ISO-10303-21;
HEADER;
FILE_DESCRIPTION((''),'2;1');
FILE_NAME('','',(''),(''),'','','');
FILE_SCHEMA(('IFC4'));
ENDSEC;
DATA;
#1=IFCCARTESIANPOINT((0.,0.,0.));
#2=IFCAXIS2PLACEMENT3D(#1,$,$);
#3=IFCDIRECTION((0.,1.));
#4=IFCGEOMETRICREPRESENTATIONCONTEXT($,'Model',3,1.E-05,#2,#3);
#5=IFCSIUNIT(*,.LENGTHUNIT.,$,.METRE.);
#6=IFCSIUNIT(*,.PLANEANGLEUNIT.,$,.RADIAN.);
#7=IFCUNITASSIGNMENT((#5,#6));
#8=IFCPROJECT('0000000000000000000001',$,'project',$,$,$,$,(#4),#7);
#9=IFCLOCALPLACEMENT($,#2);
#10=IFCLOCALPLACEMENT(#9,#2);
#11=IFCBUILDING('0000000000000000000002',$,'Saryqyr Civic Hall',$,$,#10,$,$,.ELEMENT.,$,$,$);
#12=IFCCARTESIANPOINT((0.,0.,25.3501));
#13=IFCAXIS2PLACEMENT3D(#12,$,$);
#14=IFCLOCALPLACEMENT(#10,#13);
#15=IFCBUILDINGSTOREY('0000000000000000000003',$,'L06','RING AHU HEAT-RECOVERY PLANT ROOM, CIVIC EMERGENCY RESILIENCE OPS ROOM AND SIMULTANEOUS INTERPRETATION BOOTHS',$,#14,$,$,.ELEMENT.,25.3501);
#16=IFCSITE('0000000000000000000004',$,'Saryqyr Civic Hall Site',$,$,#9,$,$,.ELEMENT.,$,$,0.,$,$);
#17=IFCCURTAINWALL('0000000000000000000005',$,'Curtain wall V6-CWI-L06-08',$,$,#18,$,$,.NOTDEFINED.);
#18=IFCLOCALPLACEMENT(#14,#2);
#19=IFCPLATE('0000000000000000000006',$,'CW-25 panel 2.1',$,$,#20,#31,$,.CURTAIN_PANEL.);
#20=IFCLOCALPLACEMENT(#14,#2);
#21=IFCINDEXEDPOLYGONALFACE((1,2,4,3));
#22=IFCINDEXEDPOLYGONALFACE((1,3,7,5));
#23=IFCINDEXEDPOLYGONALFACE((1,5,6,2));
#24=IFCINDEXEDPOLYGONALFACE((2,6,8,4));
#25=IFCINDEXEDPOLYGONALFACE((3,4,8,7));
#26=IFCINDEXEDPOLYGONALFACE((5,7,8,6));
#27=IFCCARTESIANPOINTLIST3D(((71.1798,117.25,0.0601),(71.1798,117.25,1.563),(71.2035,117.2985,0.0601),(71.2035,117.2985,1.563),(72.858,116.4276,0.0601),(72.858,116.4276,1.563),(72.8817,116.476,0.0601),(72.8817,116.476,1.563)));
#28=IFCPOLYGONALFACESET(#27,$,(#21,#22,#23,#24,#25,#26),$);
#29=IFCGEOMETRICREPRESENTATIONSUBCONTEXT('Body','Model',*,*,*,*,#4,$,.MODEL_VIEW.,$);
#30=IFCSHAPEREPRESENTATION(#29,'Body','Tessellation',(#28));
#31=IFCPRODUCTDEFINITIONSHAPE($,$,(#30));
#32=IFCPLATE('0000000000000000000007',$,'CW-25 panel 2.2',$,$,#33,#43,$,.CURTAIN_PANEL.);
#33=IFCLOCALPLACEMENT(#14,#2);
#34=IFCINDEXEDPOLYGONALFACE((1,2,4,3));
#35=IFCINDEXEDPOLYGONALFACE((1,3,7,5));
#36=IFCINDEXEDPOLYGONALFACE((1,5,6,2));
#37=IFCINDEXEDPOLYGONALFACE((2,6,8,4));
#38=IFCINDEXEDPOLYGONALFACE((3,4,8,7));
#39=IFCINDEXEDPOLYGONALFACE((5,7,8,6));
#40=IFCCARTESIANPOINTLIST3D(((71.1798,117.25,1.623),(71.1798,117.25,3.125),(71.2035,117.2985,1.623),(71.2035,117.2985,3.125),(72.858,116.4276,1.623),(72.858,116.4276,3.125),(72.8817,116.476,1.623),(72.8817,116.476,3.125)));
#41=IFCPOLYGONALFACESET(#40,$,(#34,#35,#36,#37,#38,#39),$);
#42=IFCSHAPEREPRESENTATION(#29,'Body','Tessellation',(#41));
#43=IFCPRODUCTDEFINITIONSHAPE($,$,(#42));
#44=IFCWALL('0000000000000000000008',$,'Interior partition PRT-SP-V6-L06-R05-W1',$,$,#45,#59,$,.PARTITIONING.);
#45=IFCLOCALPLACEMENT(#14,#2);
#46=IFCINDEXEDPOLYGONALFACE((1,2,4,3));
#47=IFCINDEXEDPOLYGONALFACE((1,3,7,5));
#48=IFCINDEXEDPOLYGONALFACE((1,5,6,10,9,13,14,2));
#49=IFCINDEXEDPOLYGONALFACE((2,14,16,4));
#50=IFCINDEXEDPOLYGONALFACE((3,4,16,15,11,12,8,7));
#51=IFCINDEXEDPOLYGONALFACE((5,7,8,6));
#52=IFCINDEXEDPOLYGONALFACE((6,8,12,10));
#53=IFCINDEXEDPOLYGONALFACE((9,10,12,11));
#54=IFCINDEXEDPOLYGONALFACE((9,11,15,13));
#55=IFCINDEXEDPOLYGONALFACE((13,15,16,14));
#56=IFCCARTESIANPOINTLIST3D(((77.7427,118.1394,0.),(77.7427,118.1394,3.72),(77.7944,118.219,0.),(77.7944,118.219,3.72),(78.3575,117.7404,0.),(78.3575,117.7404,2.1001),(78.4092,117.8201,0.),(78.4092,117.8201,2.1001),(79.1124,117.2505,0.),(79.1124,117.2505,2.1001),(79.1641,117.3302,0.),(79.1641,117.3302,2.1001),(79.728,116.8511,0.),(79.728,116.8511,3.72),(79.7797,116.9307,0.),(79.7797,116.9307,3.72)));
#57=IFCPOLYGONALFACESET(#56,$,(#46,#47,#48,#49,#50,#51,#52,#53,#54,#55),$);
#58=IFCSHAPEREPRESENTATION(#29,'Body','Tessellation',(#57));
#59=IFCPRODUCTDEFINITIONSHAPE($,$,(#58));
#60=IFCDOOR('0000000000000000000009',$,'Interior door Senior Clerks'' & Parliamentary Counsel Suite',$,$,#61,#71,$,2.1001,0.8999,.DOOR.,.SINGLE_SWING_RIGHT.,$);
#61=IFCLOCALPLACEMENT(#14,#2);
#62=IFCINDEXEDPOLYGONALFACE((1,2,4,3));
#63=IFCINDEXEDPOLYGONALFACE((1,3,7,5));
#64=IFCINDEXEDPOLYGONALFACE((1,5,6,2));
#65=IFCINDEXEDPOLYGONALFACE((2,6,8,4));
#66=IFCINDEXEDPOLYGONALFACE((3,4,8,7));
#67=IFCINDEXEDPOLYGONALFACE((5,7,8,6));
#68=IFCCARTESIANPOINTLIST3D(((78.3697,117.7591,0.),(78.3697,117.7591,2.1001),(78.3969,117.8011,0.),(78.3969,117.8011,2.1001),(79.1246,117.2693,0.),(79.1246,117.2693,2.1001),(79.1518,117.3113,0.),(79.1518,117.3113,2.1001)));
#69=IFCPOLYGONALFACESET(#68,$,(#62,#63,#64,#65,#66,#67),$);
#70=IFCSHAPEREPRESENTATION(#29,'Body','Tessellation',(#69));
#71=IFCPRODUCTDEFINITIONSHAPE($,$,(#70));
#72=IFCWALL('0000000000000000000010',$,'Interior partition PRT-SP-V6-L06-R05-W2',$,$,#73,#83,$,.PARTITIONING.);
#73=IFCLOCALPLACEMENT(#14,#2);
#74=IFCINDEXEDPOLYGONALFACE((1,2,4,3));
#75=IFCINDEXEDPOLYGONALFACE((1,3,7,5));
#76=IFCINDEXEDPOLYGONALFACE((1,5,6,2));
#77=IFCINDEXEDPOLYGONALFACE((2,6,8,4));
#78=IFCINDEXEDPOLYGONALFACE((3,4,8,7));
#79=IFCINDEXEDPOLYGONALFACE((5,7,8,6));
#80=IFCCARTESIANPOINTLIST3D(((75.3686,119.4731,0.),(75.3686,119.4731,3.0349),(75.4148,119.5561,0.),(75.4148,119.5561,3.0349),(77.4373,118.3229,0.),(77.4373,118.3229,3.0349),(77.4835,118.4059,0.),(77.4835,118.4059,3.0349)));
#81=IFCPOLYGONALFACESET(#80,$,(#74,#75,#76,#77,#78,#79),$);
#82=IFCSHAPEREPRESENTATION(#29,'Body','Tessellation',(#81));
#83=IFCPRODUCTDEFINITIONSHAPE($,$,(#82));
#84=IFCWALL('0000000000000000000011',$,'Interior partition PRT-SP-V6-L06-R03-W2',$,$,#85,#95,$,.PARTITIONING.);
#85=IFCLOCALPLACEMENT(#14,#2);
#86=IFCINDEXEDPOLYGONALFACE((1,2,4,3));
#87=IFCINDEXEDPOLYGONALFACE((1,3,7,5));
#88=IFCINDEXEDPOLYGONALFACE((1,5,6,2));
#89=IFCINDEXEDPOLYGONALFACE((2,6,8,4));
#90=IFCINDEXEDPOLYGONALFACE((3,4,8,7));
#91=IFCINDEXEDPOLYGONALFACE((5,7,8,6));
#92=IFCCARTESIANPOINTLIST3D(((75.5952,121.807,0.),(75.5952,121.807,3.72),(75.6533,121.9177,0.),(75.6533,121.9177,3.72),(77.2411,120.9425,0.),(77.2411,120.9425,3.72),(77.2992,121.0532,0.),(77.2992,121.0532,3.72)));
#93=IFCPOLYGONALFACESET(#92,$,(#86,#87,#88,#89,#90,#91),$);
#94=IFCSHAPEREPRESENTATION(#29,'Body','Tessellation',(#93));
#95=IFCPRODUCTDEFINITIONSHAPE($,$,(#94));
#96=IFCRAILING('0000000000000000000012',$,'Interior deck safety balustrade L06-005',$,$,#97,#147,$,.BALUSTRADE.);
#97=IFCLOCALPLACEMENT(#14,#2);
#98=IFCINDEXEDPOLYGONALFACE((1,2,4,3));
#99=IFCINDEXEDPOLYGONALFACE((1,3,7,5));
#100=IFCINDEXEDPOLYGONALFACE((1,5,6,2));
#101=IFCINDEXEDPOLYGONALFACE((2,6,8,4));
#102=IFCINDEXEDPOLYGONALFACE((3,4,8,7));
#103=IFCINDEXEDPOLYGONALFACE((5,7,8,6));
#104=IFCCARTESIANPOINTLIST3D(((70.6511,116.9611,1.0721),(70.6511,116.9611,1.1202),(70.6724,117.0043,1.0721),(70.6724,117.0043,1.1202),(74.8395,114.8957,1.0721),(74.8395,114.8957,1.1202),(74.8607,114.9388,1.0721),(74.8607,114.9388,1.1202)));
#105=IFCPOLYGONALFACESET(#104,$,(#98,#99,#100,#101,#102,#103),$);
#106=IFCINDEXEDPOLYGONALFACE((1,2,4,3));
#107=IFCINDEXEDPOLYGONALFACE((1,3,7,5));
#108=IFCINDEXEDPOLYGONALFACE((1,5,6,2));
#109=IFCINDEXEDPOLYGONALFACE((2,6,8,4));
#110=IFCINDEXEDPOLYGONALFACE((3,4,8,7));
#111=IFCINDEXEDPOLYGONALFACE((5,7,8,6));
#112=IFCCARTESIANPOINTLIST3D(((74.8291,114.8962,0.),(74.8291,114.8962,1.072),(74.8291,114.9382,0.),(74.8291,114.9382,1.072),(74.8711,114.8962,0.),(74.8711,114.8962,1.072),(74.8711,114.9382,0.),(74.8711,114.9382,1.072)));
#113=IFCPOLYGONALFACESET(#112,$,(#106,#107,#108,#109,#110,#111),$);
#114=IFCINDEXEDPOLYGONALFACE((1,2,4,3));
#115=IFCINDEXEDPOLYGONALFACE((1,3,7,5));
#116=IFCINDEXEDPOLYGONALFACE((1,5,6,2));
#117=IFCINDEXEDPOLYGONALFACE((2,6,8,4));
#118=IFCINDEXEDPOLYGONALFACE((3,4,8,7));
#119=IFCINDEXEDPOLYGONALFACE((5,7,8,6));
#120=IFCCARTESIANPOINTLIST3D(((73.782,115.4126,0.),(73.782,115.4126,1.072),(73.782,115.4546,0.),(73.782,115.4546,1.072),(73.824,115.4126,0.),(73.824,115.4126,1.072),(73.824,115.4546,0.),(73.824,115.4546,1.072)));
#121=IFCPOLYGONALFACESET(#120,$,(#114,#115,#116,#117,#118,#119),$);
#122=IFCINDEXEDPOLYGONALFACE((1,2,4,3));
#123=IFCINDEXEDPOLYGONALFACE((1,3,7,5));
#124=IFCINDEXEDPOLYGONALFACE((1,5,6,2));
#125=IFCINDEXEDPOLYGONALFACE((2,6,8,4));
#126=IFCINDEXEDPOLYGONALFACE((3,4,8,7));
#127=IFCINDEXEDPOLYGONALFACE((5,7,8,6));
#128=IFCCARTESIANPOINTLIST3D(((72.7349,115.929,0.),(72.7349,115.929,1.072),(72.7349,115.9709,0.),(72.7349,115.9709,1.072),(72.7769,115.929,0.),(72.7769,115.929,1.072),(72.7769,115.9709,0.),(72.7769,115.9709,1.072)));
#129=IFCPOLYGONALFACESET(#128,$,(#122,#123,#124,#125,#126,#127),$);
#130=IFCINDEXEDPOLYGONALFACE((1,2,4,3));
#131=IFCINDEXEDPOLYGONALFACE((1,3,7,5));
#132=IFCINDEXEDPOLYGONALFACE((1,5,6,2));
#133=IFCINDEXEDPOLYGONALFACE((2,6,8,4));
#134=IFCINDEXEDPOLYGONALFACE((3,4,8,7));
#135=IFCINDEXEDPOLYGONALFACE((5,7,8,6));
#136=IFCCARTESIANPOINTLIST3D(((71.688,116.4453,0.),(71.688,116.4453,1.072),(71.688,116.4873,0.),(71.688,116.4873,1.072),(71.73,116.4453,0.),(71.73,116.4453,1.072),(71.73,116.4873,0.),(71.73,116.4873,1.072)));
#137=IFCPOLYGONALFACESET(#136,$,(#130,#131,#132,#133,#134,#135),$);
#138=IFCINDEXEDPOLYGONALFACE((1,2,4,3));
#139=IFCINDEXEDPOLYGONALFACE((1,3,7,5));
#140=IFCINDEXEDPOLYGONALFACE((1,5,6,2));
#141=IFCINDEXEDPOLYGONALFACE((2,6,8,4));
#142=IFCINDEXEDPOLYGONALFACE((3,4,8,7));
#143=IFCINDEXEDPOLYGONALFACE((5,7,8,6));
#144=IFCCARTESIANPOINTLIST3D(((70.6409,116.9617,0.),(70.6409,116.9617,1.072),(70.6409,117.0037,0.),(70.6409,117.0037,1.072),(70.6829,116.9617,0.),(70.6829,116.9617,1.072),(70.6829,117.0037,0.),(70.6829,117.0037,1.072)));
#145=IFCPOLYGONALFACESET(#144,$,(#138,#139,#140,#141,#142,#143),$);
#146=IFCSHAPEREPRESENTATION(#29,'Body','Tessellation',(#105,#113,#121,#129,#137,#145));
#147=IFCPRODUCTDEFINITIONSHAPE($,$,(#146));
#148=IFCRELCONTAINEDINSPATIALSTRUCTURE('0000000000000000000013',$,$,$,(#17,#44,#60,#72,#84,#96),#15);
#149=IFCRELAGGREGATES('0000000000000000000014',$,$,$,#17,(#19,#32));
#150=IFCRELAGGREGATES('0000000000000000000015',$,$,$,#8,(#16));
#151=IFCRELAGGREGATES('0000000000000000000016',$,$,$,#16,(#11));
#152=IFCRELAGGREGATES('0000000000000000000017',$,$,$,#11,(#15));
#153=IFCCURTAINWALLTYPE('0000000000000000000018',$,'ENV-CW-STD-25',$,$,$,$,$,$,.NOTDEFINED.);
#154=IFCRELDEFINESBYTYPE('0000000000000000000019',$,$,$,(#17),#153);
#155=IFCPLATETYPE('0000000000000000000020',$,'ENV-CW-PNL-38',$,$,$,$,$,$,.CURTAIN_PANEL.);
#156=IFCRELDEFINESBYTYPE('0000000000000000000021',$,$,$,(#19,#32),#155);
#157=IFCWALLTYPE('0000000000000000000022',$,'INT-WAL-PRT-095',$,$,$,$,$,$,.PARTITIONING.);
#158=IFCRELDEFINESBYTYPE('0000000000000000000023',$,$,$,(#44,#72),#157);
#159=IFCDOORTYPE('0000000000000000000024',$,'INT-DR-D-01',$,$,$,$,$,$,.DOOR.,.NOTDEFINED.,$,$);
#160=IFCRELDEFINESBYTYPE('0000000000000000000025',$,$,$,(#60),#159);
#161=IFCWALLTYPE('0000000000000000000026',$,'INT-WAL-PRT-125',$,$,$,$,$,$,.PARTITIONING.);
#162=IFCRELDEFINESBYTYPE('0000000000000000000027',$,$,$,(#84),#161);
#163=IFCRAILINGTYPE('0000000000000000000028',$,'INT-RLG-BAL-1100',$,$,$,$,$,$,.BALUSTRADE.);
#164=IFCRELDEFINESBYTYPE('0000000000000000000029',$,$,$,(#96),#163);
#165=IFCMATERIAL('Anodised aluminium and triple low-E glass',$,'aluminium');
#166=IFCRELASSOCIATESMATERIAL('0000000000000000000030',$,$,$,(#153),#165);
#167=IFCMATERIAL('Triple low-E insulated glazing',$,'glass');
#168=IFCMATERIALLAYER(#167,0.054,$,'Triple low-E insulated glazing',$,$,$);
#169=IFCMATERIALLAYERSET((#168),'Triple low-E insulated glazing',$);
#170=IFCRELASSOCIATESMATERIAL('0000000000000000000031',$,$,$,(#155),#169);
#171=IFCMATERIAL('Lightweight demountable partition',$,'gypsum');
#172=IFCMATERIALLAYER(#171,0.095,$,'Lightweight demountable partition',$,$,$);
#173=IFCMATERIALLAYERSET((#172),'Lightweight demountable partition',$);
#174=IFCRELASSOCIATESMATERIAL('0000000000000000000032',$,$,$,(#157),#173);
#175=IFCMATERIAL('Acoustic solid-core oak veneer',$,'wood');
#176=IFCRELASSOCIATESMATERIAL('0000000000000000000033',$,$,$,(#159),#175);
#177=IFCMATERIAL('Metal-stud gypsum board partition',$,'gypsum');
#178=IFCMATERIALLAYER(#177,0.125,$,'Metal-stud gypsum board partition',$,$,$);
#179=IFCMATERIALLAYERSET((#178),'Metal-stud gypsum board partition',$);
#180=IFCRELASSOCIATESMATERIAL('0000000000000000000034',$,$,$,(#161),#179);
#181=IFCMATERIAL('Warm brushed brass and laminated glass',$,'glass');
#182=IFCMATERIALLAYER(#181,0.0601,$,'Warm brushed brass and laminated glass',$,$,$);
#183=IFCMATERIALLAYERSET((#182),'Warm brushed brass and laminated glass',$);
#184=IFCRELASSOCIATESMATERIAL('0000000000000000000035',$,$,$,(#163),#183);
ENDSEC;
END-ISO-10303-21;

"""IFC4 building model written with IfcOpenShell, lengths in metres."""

from ifc_helpers import new_model, si_unit, direction, frame, frame_2d, origin, origin_2d, place, context, subcontext, project, spatial, rectangle, extrude, material, layer, layer_set, type_object, element, fill, aggregate, save


model = new_model("IFC4")

# Units and contexts
model_context = context("Model", 3, precision=1e-05, world=origin(), true_north=direction((0.0, 1.0)))
body_context = subcontext(model_context, "Body", "Model", "MODEL_VIEW")
ifc_project = project(units=[si_unit("LENGTHUNIT", "METRE"), si_unit("PLANEANGLEUNIT", "RADIAN")], contexts=[model_context])

# Site, building, storey
site_placement = place(None, origin())
site = spatial("IfcSite", under=ifc_project, at=site_placement, Name="Saryqyr Civic Hall Site", CompositionType="ELEMENT", RefElevation=0.0)
building_placement = place(site_placement, origin())
building = spatial("IfcBuilding", under=site, at=building_placement, Name="Saryqyr Civic Hall", CompositionType="ELEMENT")
storey_placement = place(building_placement, frame((0.0, 0.0, 25.3501)))
storey = spatial("IfcBuildingStorey", under=building, at=storey_placement, Name="L06", Description="RING AHU HEAT-RECOVERY PLANT ROOM, CIVIC EMERGENCY RESILIENCE OPS ROOM AND SIMULTANEOUS INTERPRETATION BOOTHS", CompositionType="ELEMENT", Elevation=25.3501)

# Curtain wall
ifc_material_1 = material(Name="Anodised aluminium and triple low-E glass", Category="aluminium")
curtain_wall_type = type_object("IfcCurtainWallType", Name="ENV-CW-STD-25", PredefinedType="NOTDEFINED", material=ifc_material_1)
curtain_wall_placement = place(storey_placement, origin())
curtain_wall = element("IfcCurtainWall", 1, at=curtain_wall_placement, inside=storey, type_object=curtain_wall_type, Name="Curtain wall V6-CWI-L06-08", PredefinedType="NOTDEFINED")

# Plates
ifc_material_2 = material(Name="Triple low-E insulated glazing", Category="glass")
ifc_layer_1 = layer(ifc_material_2, 0.054, Name="Triple low-E insulated glazing")
ifc_layer_set_1 = layer_set([ifc_layer_1], Name="Triple low-E insulated glazing")
plate_type = type_object("IfcPlateType", Name="ENV-CW-PNL-38", PredefinedType="CURTAIN_PANEL", material=ifc_layer_set_1)
plate_1_placement = place(storey_placement, frame((72.0308, 116.863, 0.0601), z_axis=(0.0, 0.0, 1.0), x_axis=(-0.897962, 0.440073, 0.0)))
plate_1 = element("IfcPlate", 2, at=plate_1_placement, type_object=plate_type, Name="CW-25 panel 2.1", PredefinedType="CURTAIN_PANEL", context=body_context, shape_type="SweptSolid", body=[
    extrude(rectangle(XDim=1.8689, YDim=0.054, at=origin_2d()), origin(), (0.0, 0.0, 1.0), 1.5029),
])
plate_2_placement = place(storey_placement, frame((72.0308, 116.863, 1.623), z_axis=(0.0, 0.0, 1.0), x_axis=(-0.897962, 0.440073, 0.0)))
plate_2 = element("IfcPlate", 3, at=plate_2_placement, type_object=plate_type, Name="CW-25 panel 2.2", PredefinedType="CURTAIN_PANEL", context=body_context, shape_type="SweptSolid", body=[
    extrude(rectangle(XDim=1.8689, YDim=0.054, at=origin_2d()), origin(), (0.0, 0.0, 1.0), 1.502),
])
aggregate(curtain_wall, [plate_1, plate_2])

# Wall, opening, door
ifc_material_3 = material(Name="Lightweight demountable partition", Category="gypsum")
ifc_layer_2 = layer(ifc_material_3, 0.095, Name="Lightweight demountable partition")
ifc_layer_set_2 = layer_set([ifc_layer_2], Name="Lightweight demountable partition")
wall_type_1 = type_object("IfcWallType", Name="INT-WAL-PRT-095", PredefinedType="PARTITIONING", material=ifc_layer_set_2)
wall_1_placement = place(storey_placement, frame((77.7686, 118.1792, 0.0), z_axis=(0.0, 0.0, 1.0), x_axis=(0.838858, -0.54435, 0.0)))
wall_1 = element("IfcWall", 4, at=wall_1_placement, inside=storey, type_object=wall_type_1, Name="Interior partition PRT-SP-V6-L06-R05-W1", PredefinedType="PARTITIONING", context=body_context, shape_type="SweptSolid", body=[
    extrude(rectangle(XDim=2.3667, YDim=0.095, at=frame_2d((1.1833, 0.0))), origin(), (0.0, 0.0, 1.0), 3.72),
])
opening_placement = place(wall_1_placement, frame((0.7329, 0.0, 0.0)))
opening = element("IfcOpeningElement", 5, at=opening_placement, cuts=wall_1, PredefinedType="OPENING", context=body_context, shape_type="SweptSolid", body=[
    extrude(rectangle(XDim=0.8999, YDim=2.1001, at=frame_2d((0.45, 1.05))), frame((0.0, 0.0574, 0.0), z_axis=(0.0, -1.0, 0.0), x_axis=(1.0, 0.0, 0.0)), (0.0, 0.0, 1.0), 0.115),
])
ifc_material_4 = material(Name="Acoustic solid-core oak veneer", Category="wood")
door_type = type_object("IfcDoorType", Name="INT-DR-D-01", OperationType="NOTDEFINED", PredefinedType="DOOR", material=ifc_material_4)
door_placement = place(opening_placement, origin())
door = element("IfcDoor", 6, at=door_placement, inside=storey, type_object=door_type, Name="Interior door Senior Clerks' & Parliamentary Counsel Suite", OperationType="SINGLE_SWING_RIGHT", OverallHeight=2.1001, OverallWidth=0.8999, PredefinedType="DOOR", context=body_context, shape_type="SweptSolid", body=[
    extrude(rectangle(XDim=0.8999, YDim=2.1001, at=frame_2d((0.45, 1.05))), frame((0.0, 0.0249, 0.0), z_axis=(0.0, -1.0, 0.0), x_axis=(1.0, 0.0, 0.0)), (0.0, 0.0, 1.0), 0.05),
])
fill(opening, door)

# Walls
wall_2_placement = place(storey_placement, frame((75.3916, 119.5146, 0.0), z_axis=(0.0, 0.0, 1.0), x_axis=(0.873992, -0.485941, 0.0)))
element("IfcWall", 7, at=wall_2_placement, inside=storey, type_object=wall_type_1, Name="Interior partition PRT-SP-V6-L06-R05-W2", PredefinedType="PARTITIONING", context=body_context, shape_type="SweptSolid", body=[
    extrude(rectangle(XDim=2.3669, YDim=0.095, at=frame_2d((1.1836, 0.0))), origin(), (0.0, 0.0, 1.0), 3.0349),
])
ifc_material_5 = material(Name="Metal-stud gypsum board partition", Category="gypsum")
ifc_layer_3 = layer(ifc_material_5, 0.125, Name="Metal-stud gypsum board partition")
ifc_layer_set_3 = layer_set([ifc_layer_3], Name="Metal-stud gypsum board partition")
wall_type_2 = type_object("IfcWallType", Name="INT-WAL-PRT-125", PredefinedType="PARTITIONING", material=ifc_layer_set_3)
wall_3_placement = place(storey_placement, frame((77.2703, 120.9978, 0.0), z_axis=(0.0, 0.0, 1.0), x_axis=(-0.88532, 0.464983, 0.0)))
element("IfcWall", 8, at=wall_3_placement, inside=storey, type_object=wall_type_2, Name="Interior partition PRT-SP-V6-L06-R03-W2", PredefinedType="PARTITIONING", context=body_context, shape_type="SweptSolid", body=[
    extrude(rectangle(XDim=1.8591, YDim=0.125, at=frame_2d((0.9297, 0.0))), origin(), (0.0, 0.0, 1.0), 3.72),
])

# Railing
ifc_material_6 = material(Name="Warm brushed brass and laminated glass", Category="glass")
ifc_layer_4 = layer(ifc_material_6, 0.0601, Name="Warm brushed brass and laminated glass")
ifc_layer_set_4 = layer_set([ifc_layer_4], Name="Warm brushed brass and laminated glass")
railing_type = type_object("IfcRailingType", Name="INT-RLG-BAL-1100", PredefinedType="BALUSTRADE", material=ifc_layer_set_4)
railing_placement = place(storey_placement, frame((74.8501, 114.9172, 0.0)))
element("IfcRailing", 9, at=railing_placement, inside=storey, type_object=railing_type, Name="Interior deck safety balustrade L06-005", PredefinedType="BALUSTRADE", context=body_context, shape_type="SweptSolid", body=[
    extrude(rectangle(XDim=0.0481, YDim=0.0481, at=origin_2d()), frame((0.0, 0.0, 1.0962), z_axis=(-0.896871, 0.442292, 0.0), x_axis=(-0.442292, -0.896871, 0.0)), (0.0, 0.0, 1.0), 4.6699),
    extrude(rectangle(XDim=0.042, YDim=0.042, at=origin_2d()), origin(), (0.0, 0.0, 1.0), 1.072),
    extrude(rectangle(XDim=0.042, YDim=0.042, at=origin_2d()), frame((-1.0471, 0.5164, 0.0)), (0.0, 0.0, 1.0), 1.072),
    extrude(rectangle(XDim=0.042, YDim=0.042, at=origin_2d()), frame((-2.0942, 1.0327, 0.0)), (0.0, 0.0, 1.0), 1.072),
    extrude(rectangle(XDim=0.042, YDim=0.042, at=origin_2d()), frame((-3.1411, 1.5491, 0.0)), (0.0, 0.0, 1.0), 1.072),
    extrude(rectangle(XDim=0.042, YDim=0.042, at=origin_2d()), frame((-4.1882, 2.0654, 0.0)), (0.0, 0.0, 1.0), 1.072),
])

save(model, "model.ifc")
